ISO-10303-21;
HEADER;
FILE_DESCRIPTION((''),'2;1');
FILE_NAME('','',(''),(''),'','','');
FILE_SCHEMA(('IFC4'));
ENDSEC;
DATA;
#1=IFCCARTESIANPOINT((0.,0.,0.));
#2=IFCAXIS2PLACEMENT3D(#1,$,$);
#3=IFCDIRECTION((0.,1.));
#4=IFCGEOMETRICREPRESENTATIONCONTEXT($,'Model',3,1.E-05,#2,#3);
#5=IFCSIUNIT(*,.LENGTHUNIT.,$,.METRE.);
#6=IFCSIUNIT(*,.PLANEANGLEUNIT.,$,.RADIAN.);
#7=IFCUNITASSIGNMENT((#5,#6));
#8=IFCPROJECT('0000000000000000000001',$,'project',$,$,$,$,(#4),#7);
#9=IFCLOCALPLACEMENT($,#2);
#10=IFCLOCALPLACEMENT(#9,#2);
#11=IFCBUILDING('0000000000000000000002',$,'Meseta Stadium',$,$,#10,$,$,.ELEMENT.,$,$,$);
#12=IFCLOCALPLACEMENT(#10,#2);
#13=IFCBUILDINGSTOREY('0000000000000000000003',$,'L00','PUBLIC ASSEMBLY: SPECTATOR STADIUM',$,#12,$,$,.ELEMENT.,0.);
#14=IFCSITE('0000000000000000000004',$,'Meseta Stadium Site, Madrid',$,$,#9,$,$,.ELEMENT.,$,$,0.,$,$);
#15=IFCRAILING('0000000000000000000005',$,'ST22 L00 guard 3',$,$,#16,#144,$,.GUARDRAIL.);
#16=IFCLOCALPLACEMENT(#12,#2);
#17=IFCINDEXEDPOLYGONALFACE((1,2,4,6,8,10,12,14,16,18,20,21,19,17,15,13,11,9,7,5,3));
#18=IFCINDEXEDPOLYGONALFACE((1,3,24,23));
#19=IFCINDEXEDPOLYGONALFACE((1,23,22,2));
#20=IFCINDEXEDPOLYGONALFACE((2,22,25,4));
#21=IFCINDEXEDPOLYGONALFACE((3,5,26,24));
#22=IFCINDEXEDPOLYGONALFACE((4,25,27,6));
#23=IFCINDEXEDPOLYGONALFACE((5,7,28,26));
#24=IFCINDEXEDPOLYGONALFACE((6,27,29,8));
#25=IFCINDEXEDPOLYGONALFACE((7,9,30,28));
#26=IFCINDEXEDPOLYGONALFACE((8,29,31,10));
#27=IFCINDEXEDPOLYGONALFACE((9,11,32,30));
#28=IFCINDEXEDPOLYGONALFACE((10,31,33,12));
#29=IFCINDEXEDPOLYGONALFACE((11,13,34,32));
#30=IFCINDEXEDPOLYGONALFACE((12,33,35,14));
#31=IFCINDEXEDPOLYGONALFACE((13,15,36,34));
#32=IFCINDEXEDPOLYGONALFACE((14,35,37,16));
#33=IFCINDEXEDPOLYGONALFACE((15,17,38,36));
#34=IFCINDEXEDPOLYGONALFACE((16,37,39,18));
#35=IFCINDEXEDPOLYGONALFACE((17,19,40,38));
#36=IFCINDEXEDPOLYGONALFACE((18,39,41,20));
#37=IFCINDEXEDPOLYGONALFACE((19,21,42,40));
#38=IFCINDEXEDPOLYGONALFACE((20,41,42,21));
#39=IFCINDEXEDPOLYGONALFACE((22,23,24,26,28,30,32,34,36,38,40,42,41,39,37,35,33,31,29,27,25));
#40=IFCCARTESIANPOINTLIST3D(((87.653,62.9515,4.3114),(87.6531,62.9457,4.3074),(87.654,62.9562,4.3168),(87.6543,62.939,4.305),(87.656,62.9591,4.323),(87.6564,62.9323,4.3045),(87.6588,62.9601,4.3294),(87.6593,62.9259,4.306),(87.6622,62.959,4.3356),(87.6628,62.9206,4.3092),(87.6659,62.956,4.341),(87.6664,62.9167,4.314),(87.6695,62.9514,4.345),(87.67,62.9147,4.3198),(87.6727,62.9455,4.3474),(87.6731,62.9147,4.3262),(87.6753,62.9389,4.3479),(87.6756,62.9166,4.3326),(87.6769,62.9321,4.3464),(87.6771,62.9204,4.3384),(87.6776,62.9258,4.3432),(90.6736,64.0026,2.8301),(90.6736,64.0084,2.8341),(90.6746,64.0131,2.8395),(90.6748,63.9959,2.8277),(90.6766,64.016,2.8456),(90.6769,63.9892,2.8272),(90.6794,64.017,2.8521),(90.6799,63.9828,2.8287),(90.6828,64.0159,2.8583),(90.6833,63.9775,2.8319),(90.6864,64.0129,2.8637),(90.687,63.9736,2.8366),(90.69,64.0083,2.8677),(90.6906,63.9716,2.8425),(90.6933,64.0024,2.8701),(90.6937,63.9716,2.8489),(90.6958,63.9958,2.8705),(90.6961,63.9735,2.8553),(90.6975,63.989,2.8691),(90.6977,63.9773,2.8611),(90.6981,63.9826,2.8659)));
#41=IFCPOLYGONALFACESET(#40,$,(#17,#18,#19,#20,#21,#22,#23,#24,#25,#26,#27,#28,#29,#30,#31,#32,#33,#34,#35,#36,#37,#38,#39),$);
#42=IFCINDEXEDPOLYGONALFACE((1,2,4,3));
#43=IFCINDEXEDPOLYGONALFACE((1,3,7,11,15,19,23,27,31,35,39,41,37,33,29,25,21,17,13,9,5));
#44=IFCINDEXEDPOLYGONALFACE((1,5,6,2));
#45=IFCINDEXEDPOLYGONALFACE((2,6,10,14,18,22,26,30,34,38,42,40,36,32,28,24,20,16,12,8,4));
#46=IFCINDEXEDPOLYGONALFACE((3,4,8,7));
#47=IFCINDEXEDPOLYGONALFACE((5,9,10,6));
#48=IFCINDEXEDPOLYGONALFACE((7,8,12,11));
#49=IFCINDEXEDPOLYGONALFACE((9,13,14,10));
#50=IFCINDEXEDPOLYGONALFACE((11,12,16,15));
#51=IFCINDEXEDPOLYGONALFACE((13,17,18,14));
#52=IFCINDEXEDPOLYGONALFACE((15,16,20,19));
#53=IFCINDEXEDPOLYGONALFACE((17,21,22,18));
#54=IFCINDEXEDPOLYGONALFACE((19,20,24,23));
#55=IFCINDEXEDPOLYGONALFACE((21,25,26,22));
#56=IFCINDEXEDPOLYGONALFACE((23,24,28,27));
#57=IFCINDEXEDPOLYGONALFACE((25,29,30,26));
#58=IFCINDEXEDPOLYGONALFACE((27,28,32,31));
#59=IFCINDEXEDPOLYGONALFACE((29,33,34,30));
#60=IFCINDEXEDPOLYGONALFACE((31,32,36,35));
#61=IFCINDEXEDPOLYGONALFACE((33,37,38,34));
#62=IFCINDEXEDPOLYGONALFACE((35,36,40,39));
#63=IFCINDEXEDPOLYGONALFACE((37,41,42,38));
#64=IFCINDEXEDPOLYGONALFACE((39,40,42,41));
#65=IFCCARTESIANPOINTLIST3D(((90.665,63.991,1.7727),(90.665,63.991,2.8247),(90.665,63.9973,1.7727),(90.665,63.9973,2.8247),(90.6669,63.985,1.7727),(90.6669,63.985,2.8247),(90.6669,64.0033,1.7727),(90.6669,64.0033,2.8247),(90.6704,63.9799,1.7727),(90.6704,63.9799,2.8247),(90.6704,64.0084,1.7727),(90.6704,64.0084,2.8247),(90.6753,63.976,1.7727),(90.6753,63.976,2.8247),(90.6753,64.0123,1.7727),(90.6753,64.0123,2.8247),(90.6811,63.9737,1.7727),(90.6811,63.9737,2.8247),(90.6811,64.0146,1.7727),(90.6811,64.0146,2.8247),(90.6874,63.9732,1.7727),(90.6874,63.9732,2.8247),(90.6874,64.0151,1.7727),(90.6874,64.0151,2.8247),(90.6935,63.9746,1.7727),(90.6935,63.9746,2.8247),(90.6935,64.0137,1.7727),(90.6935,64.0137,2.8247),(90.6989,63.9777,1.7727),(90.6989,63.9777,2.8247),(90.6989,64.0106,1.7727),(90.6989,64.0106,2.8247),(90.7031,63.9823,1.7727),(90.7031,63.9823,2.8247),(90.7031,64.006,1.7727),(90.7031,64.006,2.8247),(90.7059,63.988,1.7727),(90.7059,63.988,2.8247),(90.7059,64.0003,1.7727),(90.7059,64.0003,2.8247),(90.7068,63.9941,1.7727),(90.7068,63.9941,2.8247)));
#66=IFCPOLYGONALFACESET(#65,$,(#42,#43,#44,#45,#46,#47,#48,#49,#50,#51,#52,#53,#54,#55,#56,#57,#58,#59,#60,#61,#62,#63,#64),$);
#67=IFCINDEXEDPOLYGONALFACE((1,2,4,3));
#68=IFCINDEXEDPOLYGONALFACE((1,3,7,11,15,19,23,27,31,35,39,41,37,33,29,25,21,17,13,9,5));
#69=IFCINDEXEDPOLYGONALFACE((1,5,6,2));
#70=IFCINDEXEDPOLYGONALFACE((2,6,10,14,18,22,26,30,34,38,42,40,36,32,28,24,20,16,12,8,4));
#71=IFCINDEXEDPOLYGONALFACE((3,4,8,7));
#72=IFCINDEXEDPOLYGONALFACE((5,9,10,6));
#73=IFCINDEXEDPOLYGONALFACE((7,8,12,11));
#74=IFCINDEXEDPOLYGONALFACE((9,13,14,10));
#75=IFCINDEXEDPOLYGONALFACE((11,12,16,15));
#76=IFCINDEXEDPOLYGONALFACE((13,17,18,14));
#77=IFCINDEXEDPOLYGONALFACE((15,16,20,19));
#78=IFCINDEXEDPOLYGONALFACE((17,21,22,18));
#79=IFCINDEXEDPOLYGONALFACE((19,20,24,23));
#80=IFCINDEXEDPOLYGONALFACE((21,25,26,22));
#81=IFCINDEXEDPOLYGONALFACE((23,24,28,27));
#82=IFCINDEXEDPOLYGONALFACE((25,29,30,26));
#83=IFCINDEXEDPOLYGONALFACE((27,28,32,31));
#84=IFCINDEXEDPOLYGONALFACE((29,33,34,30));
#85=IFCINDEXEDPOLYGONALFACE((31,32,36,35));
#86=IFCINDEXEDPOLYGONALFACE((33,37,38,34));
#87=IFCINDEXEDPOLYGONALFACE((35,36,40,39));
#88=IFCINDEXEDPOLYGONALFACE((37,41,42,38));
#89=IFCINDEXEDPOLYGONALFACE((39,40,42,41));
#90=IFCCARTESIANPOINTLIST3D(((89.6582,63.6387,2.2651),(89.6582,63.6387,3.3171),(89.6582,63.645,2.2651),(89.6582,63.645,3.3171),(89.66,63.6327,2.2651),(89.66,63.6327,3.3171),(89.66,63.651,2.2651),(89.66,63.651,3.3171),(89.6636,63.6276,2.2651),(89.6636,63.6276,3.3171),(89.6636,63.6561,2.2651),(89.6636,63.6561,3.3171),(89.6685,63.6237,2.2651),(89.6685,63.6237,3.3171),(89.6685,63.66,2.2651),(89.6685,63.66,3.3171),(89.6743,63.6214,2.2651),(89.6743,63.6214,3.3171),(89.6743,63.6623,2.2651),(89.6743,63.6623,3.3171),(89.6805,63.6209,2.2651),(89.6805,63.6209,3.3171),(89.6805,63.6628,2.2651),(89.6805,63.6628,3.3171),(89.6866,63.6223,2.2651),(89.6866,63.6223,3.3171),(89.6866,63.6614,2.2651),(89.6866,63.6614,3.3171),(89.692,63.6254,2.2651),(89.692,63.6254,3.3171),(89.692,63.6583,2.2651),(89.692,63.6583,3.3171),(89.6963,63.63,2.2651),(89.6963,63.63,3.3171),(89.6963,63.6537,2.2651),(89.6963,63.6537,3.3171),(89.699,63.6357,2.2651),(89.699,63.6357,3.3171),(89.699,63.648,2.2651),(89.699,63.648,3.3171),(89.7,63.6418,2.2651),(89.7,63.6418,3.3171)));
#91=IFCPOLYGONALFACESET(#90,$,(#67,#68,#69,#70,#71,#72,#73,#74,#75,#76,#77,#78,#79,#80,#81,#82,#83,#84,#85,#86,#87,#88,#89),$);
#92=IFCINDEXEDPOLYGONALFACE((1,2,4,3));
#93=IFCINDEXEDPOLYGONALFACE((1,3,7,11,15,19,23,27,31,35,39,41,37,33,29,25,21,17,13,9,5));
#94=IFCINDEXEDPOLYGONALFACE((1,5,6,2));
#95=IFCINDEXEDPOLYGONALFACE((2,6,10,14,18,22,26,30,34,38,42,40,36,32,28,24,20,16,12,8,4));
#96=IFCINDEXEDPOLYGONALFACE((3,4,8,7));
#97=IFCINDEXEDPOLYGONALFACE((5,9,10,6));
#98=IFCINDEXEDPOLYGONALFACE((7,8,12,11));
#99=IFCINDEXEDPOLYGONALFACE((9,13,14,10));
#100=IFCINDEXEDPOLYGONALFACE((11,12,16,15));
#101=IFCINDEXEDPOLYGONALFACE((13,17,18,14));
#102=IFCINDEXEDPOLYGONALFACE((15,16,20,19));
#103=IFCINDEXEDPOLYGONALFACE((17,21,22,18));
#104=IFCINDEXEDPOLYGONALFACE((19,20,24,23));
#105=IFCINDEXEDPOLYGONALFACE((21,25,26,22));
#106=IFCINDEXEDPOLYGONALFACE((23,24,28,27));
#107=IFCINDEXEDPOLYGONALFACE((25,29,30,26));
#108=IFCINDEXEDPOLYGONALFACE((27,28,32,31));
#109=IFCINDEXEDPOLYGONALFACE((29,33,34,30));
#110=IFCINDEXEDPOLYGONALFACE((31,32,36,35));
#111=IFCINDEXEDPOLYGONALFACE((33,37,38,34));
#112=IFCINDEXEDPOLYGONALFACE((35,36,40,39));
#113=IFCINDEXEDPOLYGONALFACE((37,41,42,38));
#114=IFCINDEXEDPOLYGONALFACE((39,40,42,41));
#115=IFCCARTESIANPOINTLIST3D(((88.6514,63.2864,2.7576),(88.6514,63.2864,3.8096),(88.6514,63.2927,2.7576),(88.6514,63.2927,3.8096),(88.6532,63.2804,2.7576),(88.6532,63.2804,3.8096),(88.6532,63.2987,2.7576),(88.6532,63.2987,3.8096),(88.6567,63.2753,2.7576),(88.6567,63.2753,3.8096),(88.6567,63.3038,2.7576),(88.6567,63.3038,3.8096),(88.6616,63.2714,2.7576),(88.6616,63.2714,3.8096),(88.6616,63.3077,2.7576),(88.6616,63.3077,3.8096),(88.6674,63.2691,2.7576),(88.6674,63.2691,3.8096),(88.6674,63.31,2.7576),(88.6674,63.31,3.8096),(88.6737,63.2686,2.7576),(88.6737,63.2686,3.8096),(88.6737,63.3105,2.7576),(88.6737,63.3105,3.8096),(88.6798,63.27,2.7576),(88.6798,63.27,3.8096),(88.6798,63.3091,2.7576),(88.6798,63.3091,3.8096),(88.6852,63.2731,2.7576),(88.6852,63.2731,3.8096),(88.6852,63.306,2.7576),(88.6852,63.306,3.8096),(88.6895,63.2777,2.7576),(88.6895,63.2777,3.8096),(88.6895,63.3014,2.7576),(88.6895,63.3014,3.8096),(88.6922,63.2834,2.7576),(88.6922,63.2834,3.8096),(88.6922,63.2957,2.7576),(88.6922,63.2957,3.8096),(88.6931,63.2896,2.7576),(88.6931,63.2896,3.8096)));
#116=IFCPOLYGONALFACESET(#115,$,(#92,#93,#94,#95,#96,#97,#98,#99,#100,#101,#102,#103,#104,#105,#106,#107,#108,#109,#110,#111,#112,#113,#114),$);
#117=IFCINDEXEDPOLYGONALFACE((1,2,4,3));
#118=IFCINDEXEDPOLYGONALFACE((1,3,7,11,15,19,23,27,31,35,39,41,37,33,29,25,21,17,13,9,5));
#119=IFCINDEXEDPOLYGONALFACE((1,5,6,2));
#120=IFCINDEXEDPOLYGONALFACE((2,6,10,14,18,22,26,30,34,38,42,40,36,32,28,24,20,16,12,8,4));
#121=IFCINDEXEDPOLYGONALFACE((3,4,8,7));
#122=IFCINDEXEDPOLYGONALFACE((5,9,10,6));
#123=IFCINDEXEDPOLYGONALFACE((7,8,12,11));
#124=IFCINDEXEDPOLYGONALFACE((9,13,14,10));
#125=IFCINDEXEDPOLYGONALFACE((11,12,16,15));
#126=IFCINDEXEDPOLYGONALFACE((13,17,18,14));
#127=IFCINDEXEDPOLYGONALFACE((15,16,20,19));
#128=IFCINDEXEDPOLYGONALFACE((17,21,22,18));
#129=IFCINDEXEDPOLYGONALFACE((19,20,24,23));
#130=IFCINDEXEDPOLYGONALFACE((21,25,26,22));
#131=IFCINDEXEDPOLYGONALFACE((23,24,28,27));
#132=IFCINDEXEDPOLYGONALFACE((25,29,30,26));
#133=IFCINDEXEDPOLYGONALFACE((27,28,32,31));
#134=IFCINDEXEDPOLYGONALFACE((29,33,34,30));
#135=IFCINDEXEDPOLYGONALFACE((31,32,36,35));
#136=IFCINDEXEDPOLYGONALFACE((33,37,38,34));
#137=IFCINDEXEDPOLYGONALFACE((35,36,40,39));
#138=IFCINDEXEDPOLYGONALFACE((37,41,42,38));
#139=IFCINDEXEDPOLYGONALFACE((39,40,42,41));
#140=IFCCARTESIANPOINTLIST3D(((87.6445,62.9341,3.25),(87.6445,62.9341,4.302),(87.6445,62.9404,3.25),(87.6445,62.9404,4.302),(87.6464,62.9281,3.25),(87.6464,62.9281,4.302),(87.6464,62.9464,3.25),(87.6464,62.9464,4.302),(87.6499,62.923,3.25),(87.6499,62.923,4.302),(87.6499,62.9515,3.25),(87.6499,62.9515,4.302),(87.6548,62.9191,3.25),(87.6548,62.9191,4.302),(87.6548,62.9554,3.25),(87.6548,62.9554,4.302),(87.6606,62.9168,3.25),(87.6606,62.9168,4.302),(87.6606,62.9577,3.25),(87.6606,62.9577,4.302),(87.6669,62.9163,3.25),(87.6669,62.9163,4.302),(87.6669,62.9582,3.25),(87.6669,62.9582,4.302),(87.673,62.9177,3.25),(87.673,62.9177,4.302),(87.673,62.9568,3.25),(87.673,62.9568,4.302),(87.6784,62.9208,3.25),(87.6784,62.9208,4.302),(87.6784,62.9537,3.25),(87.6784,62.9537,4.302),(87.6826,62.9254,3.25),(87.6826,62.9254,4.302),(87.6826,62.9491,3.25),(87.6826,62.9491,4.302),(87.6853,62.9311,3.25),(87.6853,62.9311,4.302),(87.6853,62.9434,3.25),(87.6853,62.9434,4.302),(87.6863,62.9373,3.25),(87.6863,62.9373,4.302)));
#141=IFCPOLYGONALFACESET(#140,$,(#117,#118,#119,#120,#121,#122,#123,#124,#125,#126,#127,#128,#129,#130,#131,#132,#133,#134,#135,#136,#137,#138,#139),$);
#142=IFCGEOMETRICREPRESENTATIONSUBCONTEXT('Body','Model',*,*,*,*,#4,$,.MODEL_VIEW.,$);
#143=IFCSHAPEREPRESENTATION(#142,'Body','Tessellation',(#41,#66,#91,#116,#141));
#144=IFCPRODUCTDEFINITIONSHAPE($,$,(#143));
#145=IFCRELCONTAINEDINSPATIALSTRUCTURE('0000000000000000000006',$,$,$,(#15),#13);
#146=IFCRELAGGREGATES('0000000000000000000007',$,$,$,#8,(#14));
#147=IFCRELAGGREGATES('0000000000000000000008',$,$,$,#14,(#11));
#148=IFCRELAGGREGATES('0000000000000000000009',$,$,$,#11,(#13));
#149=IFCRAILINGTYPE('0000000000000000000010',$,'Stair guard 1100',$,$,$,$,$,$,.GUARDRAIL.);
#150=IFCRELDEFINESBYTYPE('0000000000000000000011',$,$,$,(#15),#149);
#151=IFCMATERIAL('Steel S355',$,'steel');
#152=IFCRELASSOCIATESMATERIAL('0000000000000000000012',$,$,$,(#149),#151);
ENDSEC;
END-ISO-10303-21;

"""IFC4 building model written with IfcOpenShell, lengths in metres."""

from ifc_helpers import new_model, si_unit, direction, frame, origin, origin_2d, place, context, subcontext, project, spatial, circle, extrude, material, type_object, element, save


model = new_model("IFC4")

# Units and contexts
model_context = context("Model", 3, precision=1e-05, world=origin(), true_north=direction((0.0, 1.0)))
body_context = subcontext(model_context, "Body", "Model", "MODEL_VIEW")
ifc_project = project(units=[si_unit("LENGTHUNIT", "METRE"), si_unit("PLANEANGLEUNIT", "RADIAN")], contexts=[model_context])

# Site, building, storey
site_placement = place(None, origin())
site = spatial("IfcSite", under=ifc_project, at=site_placement, Name="Meseta Stadium Site, Madrid", CompositionType="ELEMENT", RefElevation=0.0)
building_placement = place(site_placement, origin())
building = spatial("IfcBuilding", under=site, at=building_placement, Name="Meseta Stadium", CompositionType="ELEMENT")
storey_placement = place(building_placement, origin())
storey = spatial("IfcBuildingStorey", under=building, at=storey_placement, Name="L00", Description="PUBLIC ASSEMBLY: SPECTATOR STADIUM", CompositionType="ELEMENT", Elevation=0.0)

# Railing
ifc_material_1 = material(Name="Steel S355", Category="steel")
railing_type_1 = type_object("IfcRailingType", Name="Stair guard 1100", PredefinedType="GUARDRAIL", material=ifc_material_1)
railing_1_placement = place(storey_placement, frame((90.6858, 63.9941, 1.7727)))
element("IfcRailing", 1, at=railing_1_placement, inside=storey, type_object=railing_type_1, Name="ST22 L00 guard 3", PredefinedType="GUARDRAIL", context=body_context, shape_type="SweptSolid", body=[
    extrude(circle(Radius=0.0239, at=origin_2d()), frame((0.0, 0.0, 1.0762), z_axis=(-0.856977, -0.299859, 0.419137), x_axis=(0.330269, -0.943887, 0.0)), (0.0, 0.0, 1.0), 3.5247),
    extrude(circle(Radius=0.021, at=origin_2d()), origin(), (0.0, 0.0, 1.0), 1.052),
    extrude(circle(Radius=0.021, at=origin_2d()), frame((-1.0068, -0.3523, 0.4924)), (0.0, 0.0, 1.0), 1.052),
    extrude(circle(Radius=0.021, at=origin_2d()), frame((-2.0137, -0.7046, 0.9849)), (0.0, 0.0, 1.0), 1.052),
    extrude(circle(Radius=0.021, at=origin_2d()), frame((-3.0205, -1.0569, 1.4773)), (0.0, 0.0, 1.0), 1.052),
])

save(model, "model.ifc")
